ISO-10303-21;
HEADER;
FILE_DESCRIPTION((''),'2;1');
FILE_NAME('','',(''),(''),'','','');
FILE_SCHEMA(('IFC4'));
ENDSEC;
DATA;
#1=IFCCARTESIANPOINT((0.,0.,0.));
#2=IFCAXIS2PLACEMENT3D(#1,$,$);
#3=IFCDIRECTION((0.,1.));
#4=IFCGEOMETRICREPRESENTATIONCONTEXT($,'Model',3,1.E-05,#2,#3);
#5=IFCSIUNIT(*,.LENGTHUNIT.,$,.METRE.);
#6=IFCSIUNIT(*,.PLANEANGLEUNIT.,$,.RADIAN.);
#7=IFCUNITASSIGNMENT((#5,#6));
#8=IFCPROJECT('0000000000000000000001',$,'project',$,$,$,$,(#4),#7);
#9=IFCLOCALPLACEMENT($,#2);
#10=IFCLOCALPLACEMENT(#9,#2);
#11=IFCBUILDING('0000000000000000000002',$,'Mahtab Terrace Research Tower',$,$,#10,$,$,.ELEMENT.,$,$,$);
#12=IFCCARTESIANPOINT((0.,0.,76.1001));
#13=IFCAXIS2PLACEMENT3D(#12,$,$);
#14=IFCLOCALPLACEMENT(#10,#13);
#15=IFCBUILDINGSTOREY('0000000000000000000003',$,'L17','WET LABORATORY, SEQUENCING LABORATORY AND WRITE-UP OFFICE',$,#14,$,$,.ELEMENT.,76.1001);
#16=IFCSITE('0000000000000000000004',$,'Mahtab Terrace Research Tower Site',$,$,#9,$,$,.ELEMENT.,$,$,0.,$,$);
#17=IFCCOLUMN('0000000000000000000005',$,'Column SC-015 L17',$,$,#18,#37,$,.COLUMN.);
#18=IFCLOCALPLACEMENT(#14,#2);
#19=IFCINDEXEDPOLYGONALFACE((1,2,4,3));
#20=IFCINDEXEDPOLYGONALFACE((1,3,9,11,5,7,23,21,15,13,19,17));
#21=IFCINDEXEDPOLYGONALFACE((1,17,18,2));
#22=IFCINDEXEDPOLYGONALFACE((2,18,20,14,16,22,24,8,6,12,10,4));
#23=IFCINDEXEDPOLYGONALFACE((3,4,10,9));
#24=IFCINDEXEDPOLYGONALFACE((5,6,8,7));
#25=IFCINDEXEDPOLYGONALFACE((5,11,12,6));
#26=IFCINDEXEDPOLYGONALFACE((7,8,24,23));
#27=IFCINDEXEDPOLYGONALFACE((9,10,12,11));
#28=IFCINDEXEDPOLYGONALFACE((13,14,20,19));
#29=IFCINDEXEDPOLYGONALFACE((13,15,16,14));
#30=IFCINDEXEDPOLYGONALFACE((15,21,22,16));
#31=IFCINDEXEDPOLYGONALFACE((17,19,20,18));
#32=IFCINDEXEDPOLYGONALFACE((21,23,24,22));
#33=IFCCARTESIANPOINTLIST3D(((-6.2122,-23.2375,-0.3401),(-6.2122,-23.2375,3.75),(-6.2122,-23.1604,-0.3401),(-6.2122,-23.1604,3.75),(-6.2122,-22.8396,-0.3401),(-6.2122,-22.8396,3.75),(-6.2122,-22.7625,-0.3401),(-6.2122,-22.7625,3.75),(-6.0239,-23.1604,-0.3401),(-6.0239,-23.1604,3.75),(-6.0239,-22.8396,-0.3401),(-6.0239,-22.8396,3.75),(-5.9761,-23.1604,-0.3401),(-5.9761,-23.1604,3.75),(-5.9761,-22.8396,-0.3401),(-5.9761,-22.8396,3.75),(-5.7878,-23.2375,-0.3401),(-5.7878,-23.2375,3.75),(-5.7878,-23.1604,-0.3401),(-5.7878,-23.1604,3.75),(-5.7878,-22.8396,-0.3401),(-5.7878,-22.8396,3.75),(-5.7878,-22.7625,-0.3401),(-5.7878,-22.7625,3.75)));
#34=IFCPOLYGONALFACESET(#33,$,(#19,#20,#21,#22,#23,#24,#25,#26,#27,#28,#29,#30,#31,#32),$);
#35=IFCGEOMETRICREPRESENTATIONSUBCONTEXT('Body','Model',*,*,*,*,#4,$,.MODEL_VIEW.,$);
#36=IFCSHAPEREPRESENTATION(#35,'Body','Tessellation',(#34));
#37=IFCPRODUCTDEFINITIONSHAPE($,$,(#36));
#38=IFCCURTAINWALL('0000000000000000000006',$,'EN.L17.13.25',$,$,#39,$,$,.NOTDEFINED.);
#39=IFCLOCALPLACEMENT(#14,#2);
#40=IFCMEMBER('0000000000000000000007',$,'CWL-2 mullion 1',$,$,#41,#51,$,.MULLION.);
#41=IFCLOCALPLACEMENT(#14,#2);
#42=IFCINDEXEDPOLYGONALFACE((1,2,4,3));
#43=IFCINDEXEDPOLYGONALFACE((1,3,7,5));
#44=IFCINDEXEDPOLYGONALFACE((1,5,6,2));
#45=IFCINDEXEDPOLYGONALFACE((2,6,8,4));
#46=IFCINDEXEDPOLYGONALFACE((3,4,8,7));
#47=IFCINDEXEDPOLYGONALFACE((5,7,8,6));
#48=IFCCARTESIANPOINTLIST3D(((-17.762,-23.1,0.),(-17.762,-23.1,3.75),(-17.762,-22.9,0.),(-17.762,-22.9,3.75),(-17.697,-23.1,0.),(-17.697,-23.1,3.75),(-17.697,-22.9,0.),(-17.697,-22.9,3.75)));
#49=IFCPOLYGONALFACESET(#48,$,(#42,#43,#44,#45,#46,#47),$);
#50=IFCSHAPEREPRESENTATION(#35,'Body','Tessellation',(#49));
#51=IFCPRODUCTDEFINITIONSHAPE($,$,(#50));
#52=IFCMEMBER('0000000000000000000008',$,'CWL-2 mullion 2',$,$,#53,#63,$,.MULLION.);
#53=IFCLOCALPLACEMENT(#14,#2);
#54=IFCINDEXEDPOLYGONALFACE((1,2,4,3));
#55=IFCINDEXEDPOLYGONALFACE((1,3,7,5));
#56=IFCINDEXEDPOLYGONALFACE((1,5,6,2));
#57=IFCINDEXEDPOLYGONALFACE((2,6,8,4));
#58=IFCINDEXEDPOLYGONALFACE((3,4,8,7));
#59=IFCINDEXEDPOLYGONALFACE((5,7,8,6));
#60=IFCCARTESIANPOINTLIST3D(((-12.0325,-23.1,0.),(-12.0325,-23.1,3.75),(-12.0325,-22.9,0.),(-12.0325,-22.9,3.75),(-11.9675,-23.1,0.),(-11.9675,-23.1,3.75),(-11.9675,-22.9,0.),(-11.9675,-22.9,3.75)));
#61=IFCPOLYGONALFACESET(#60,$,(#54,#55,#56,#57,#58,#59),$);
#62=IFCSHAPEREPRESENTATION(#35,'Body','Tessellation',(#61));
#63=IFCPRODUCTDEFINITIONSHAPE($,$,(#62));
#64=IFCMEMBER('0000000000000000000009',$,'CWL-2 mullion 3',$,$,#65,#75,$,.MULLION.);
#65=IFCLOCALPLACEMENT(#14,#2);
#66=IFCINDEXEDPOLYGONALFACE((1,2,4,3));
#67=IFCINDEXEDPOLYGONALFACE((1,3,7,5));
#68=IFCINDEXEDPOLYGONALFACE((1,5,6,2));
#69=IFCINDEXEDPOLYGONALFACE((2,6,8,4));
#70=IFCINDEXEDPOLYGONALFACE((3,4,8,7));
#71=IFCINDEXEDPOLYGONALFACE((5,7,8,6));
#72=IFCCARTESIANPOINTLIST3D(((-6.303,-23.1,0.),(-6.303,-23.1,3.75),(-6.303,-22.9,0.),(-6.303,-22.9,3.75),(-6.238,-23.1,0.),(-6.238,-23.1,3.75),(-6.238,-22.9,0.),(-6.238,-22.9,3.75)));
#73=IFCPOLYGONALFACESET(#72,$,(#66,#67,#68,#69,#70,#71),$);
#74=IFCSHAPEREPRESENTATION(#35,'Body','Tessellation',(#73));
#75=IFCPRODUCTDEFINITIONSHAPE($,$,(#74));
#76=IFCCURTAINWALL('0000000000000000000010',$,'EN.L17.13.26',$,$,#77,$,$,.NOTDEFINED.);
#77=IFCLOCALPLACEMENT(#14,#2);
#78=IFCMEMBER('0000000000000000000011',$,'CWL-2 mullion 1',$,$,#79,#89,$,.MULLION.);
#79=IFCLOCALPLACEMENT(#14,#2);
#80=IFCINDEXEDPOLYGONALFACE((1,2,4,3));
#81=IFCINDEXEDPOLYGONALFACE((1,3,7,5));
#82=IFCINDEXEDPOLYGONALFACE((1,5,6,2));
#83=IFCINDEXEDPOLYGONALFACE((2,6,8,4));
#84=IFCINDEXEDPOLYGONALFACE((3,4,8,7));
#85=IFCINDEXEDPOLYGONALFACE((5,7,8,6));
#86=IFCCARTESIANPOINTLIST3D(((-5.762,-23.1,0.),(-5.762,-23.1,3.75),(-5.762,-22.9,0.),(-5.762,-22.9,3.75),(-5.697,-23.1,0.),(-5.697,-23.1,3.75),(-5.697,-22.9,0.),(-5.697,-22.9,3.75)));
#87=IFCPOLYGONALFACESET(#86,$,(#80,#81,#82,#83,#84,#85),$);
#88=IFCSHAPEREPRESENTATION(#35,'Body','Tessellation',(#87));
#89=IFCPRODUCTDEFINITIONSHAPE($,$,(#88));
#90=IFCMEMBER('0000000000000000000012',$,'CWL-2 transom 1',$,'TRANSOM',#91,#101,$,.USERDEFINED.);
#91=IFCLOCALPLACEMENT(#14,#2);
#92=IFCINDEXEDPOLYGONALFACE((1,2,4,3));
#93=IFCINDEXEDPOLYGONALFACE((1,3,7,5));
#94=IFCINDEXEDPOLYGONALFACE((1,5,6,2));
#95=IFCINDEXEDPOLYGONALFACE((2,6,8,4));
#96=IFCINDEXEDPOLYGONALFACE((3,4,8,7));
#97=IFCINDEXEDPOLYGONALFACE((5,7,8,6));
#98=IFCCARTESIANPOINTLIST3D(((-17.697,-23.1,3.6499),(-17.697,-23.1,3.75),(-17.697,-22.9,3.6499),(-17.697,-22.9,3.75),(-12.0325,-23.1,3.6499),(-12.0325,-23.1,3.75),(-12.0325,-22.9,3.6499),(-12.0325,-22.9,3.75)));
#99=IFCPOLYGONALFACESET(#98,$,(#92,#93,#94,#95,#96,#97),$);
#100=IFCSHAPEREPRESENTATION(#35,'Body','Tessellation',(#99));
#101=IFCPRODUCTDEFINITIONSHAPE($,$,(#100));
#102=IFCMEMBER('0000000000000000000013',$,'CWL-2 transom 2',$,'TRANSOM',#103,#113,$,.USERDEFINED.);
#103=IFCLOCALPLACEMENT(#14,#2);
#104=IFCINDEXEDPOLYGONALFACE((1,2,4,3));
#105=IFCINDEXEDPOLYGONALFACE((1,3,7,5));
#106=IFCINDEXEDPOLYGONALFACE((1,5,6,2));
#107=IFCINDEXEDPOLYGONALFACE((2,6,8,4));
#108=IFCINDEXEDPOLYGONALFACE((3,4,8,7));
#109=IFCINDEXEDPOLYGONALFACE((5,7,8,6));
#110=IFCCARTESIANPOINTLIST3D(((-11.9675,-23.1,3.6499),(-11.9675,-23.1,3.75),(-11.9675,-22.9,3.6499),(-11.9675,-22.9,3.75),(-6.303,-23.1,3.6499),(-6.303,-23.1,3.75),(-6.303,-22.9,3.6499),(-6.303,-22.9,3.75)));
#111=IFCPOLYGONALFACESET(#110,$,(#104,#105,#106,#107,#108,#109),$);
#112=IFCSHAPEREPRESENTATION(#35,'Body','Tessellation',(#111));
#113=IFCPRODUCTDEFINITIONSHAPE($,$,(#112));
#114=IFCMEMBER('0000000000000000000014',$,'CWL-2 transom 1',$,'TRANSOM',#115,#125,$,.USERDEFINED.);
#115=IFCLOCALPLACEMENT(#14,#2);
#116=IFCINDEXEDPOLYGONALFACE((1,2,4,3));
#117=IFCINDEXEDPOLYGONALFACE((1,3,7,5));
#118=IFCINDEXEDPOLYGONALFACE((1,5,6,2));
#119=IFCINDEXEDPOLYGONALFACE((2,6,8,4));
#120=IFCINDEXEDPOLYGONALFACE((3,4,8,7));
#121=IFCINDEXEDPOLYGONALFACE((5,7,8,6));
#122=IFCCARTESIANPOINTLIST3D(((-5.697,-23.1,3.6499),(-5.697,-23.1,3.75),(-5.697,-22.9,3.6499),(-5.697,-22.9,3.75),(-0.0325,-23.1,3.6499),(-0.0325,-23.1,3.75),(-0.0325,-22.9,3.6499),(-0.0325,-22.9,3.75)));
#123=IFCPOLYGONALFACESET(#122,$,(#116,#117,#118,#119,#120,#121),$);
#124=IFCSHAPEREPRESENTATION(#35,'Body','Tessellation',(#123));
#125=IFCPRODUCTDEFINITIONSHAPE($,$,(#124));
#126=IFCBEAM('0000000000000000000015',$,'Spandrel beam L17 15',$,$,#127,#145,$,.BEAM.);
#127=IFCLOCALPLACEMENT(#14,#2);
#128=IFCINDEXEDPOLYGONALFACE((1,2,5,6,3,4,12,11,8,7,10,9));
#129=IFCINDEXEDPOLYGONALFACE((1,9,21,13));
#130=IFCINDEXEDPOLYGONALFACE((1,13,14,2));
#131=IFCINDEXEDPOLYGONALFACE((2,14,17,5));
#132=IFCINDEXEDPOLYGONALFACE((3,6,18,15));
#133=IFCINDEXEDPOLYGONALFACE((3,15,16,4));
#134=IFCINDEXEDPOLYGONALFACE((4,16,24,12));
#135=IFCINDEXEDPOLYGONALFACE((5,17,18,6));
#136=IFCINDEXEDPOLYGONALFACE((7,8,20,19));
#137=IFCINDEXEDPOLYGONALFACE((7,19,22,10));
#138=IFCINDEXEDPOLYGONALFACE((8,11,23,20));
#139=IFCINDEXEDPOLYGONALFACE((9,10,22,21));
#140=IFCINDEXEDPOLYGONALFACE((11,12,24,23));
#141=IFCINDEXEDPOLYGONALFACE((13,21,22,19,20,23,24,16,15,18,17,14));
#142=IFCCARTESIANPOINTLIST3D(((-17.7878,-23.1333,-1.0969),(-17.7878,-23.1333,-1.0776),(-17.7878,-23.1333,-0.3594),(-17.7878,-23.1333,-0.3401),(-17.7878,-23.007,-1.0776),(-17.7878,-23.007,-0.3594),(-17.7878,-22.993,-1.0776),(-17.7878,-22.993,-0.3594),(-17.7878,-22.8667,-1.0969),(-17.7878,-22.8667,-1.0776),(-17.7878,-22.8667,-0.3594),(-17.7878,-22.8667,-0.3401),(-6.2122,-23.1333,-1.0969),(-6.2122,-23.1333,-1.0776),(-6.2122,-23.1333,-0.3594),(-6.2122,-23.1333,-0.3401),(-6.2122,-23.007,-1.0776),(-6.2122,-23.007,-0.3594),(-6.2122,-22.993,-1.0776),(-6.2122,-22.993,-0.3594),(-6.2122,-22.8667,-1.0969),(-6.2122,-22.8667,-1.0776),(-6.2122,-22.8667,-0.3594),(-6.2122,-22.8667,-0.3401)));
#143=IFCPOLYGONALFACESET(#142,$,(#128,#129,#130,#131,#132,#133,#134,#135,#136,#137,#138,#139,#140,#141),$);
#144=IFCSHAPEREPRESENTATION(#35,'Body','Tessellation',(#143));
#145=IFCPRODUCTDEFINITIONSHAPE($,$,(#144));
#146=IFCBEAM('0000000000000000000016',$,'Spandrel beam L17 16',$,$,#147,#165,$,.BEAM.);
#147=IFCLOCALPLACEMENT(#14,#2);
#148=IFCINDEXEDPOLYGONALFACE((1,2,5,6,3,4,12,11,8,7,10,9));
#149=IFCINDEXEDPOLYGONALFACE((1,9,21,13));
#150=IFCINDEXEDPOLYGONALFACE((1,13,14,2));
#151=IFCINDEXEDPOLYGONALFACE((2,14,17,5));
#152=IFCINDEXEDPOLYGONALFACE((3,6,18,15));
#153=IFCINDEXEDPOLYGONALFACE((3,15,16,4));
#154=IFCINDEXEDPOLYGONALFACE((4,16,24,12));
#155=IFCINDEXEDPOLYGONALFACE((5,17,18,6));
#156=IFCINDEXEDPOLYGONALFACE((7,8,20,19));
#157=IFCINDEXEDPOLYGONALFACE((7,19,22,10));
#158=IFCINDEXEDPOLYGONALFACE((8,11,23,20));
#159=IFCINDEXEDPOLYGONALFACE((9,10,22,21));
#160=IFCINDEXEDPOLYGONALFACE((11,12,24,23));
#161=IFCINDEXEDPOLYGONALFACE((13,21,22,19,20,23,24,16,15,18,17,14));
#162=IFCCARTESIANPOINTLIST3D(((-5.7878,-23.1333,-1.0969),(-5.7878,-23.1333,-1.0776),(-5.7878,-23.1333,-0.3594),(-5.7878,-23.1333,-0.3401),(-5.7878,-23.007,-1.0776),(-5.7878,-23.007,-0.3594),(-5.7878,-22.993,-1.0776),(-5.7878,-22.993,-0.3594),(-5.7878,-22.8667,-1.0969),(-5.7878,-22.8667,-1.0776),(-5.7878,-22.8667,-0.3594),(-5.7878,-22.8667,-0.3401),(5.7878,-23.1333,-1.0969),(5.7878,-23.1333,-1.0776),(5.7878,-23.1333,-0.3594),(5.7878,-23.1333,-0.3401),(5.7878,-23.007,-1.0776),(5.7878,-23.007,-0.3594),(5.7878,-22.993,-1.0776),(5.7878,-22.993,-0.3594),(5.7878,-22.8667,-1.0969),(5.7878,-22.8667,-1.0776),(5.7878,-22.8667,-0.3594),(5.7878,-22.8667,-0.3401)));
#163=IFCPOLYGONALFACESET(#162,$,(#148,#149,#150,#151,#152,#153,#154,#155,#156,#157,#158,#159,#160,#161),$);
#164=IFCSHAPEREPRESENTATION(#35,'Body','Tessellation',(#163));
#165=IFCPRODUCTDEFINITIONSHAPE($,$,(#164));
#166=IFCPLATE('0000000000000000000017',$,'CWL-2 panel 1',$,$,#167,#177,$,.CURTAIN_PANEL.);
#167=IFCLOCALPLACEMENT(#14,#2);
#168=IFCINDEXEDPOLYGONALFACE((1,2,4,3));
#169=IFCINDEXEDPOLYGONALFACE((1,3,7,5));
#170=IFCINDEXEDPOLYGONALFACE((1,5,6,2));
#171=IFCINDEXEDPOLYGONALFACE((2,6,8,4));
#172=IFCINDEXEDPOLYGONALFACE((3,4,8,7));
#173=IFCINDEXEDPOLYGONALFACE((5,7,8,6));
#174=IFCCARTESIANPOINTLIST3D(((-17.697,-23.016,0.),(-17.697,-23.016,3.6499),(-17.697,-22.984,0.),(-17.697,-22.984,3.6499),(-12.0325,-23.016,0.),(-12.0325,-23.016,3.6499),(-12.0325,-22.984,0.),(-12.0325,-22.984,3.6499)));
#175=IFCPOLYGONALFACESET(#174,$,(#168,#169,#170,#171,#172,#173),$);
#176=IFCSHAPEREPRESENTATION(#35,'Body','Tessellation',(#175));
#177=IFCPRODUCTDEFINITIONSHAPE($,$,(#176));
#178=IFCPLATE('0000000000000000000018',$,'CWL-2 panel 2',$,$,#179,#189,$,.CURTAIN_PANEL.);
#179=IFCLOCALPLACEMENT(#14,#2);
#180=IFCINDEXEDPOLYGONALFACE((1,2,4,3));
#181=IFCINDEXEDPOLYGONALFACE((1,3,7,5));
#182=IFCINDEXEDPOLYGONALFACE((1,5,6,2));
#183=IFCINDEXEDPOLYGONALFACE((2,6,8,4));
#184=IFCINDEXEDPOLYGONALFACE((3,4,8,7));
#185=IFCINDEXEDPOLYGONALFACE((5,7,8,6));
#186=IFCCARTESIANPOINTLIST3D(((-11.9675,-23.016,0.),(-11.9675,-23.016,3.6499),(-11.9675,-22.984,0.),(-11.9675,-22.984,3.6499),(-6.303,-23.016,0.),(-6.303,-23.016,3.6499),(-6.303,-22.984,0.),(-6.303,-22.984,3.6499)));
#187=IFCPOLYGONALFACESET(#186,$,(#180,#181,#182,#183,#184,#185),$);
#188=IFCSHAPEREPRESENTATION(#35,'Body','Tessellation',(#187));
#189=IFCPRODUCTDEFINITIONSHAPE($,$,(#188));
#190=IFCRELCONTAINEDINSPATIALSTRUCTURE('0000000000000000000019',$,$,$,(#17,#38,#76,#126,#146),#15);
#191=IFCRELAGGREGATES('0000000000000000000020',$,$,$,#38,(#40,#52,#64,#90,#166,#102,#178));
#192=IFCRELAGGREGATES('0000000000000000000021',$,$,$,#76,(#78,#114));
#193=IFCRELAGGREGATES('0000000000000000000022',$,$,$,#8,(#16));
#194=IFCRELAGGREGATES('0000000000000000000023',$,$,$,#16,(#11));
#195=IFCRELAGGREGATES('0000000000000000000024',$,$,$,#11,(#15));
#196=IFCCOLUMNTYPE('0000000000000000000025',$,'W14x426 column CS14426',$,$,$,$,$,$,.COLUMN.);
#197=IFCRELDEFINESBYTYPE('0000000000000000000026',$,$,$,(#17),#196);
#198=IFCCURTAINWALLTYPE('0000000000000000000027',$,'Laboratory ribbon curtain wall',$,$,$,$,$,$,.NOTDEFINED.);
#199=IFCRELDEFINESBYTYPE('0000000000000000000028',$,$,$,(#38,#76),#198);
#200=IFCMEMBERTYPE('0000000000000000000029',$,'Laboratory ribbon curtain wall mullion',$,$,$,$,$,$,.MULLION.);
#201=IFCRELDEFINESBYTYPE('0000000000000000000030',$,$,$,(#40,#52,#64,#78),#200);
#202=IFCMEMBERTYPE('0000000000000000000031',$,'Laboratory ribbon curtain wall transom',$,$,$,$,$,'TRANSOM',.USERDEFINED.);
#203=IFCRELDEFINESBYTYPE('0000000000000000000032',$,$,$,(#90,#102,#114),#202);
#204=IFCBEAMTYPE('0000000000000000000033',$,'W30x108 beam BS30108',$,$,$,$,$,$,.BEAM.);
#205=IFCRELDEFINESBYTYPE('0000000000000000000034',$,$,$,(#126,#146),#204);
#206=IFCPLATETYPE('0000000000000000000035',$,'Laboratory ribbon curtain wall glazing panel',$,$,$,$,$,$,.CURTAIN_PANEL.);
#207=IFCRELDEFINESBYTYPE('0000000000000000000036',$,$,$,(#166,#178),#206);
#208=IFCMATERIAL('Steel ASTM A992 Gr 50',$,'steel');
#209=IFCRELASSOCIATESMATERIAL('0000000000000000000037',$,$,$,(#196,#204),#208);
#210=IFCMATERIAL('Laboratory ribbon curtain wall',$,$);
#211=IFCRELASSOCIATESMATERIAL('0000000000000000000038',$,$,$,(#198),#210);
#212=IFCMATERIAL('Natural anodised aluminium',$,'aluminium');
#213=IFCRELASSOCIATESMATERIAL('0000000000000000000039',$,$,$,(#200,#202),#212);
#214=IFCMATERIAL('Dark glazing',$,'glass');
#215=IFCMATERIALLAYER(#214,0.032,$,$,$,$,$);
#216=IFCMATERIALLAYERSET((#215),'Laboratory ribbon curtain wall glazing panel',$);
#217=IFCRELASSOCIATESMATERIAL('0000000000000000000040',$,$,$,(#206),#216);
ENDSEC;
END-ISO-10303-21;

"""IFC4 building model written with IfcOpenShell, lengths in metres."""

from ifc_helpers import new_model, si_unit, direction, frame, origin, origin_2d, place, context, subcontext, project, spatial, rectangle, i_section, extrude, material, layer, layer_set, material_profile, profile_set, type_object, element, aggregate, save


model = new_model("IFC4")

# Units and contexts
model_context = context("Model", 3, precision=1e-05, world=origin(), true_north=direction((0.0, 1.0)))
body_context = subcontext(model_context, "Body", "Model", "MODEL_VIEW")
ifc_project = project(units=[si_unit("LENGTHUNIT", "METRE"), si_unit("PLANEANGLEUNIT", "RADIAN")], contexts=[model_context])

# Site, building, storey
site_placement = place(None, origin())
site = spatial("IfcSite", under=ifc_project, at=site_placement, Name="Mahtab Terrace Research Tower Site", CompositionType="ELEMENT", RefElevation=0.0)
building_placement = place(site_placement, origin())
building = spatial("IfcBuilding", under=site, at=building_placement, Name="Mahtab Terrace Research Tower", CompositionType="ELEMENT")
storey_placement = place(building_placement, frame((0.0, 0.0, 76.1001)))
storey = spatial("IfcBuildingStorey", under=building, at=storey_placement, Name="L17", Description="WET LABORATORY, SEQUENCING LABORATORY AND WRITE-UP OFFICE", CompositionType="ELEMENT", Elevation=76.1001)

# Column
ifc_material_1 = material(Name="Steel ASTM A992 Gr 50", Category="steel")
ifc_material_profile_1 = material_profile(ifc_material_1, i_section(OverallWidth=0.4243, OverallDepth=0.4751, WebThickness=0.0479, FlangeThickness=0.0771, at=origin_2d()), Name="W14X426")
ifc_profile_set_1 = profile_set([ifc_material_profile_1], Name="Steel ASTM A992 Gr 50")
column_type = type_object("IfcColumnType", Name="W14x426 column CS14426", PredefinedType="COLUMN", material=ifc_profile_set_1)
column_placement = place(storey_placement, frame((-6.0, -23.0, -0.3401), z_axis=(0.0, 0.0, 1.0), x_axis=(1.0, 0.0, 0.0)))
element("IfcColumn", 1, at=column_placement, inside=storey, type_object=column_type, Name="Column SC-015 L17", PredefinedType="COLUMN", context=body_context, shape_type="SweptSolid", body=[
    extrude(i_section(OverallWidth=0.4243, OverallDepth=0.4751, WebThickness=0.0479, FlangeThickness=0.0771, at=origin_2d()), origin(), (0.0, 0.0, 1.0), 4.0901),
])

# Curtain wall, members
ifc_material_2 = material(Name="Laboratory ribbon curtain wall")
curtain_wall_type = type_object("IfcCurtainWallType", Name="Laboratory ribbon curtain wall", PredefinedType="NOTDEFINED", material=ifc_material_2)
curtain_wall_1_placement = place(storey_placement, origin())
curtain_wall_1 = element("IfcCurtainWall", 2, at=curtain_wall_1_placement, inside=storey, type_object=curtain_wall_type, Name="EN.L17.13.25", PredefinedType="NOTDEFINED")
ifc_material_3 = material(Name="Natural anodised aluminium", Category="aluminium")
ifc_material_profile_2 = material_profile(ifc_material_3, rectangle(XDim=0.2, YDim=0.0649, at=origin_2d()), Name="MULLION 65x200")
ifc_profile_set_2 = profile_set([ifc_material_profile_2], Name="Natural anodised aluminium")
member_type_1 = type_object("IfcMemberType", Name="Laboratory ribbon curtain wall mullion", PredefinedType="MULLION", material=ifc_profile_set_2)
member_1_placement = place(storey_placement, frame((-17.7295, -23.0, 0.0), z_axis=(0.0, 0.0, 1.0), x_axis=(0.0, 1.0, 0.0)))
member_1 = element("IfcMember", 3, at=member_1_placement, type_object=member_type_1, Name="CWL-2 mullion 1", PredefinedType="MULLION", context=body_context, shape_type="SweptSolid", body=[
    extrude(rectangle(XDim=0.2, YDim=0.0649, at=origin_2d()), origin(), (0.0, 0.0, 1.0), 3.75),
])
member_2_placement = place(storey_placement, frame((-12.0, -23.0, 0.0), z_axis=(0.0, 0.0, 1.0), x_axis=(0.0, 1.0, 0.0)))
member_2 = element("IfcMember", 4, at=member_2_placement, type_object=member_type_1, Name="CWL-2 mullion 2", PredefinedType="MULLION", context=body_context, shape_type="SweptSolid", body=[
    extrude(rectangle(XDim=0.2, YDim=0.0649, at=origin_2d()), origin(), (0.0, 0.0, 1.0), 3.75),
])
member_3_placement = place(storey_placement, frame((-6.2705, -23.0, 0.0), z_axis=(0.0, 0.0, 1.0), x_axis=(0.0, 1.0, 0.0)))
member_3 = element("IfcMember", 5, at=member_3_placement, type_object=member_type_1, Name="CWL-2 mullion 3", PredefinedType="MULLION", context=body_context, shape_type="SweptSolid", body=[
    extrude(rectangle(XDim=0.2, YDim=0.0649, at=origin_2d()), origin(), (0.0, 0.0, 1.0), 3.75),
])

# Curtain wall, member
curtain_wall_2_placement = place(storey_placement, origin())
curtain_wall_2 = element("IfcCurtainWall", 6, at=curtain_wall_2_placement, inside=storey, type_object=curtain_wall_type, Name="EN.L17.13.26", PredefinedType="NOTDEFINED")
member_4_placement = place(storey_placement, frame((-5.7295, -23.0, 0.0), z_axis=(0.0, 0.0, 1.0), x_axis=(0.0, 1.0, 0.0)))
member_4 = element("IfcMember", 7, at=member_4_placement, type_object=member_type_1, Name="CWL-2 mullion 1", PredefinedType="MULLION", context=body_context, shape_type="SweptSolid", body=[
    extrude(rectangle(XDim=0.2, YDim=0.0649, at=origin_2d()), origin(), (0.0, 0.0, 1.0), 3.75),
])

# Members
ifc_material_profile_3 = material_profile(ifc_material_3, rectangle(XDim=0.2, YDim=0.1001, at=origin_2d()), Name="TRANSOM 100x200")
ifc_profile_set_3 = profile_set([ifc_material_profile_3], Name="Natural anodised aluminium")
member_type_2 = type_object("IfcMemberType", Name="Laboratory ribbon curtain wall transom", ElementType="TRANSOM", PredefinedType="USERDEFINED", material=ifc_profile_set_3)
member_5_placement = place(storey_placement, frame((-17.697, -23.0, 3.7), z_axis=(1.0, 0.0, 0.0), x_axis=(0.0, 1.0, 0.0)))
member_5 = element("IfcMember", 8, at=member_5_placement, type_object=member_type_2, Name="CWL-2 transom 1", ObjectType="TRANSOM", PredefinedType="USERDEFINED", context=body_context, shape_type="SweptSolid", body=[
    extrude(rectangle(XDim=0.2, YDim=0.1001, at=origin_2d()), origin(), (0.0, 0.0, 1.0), 5.6646),
])
member_6_placement = place(storey_placement, frame((-11.9675, -23.0, 3.7), z_axis=(1.0, 0.0, 0.0), x_axis=(0.0, 1.0, 0.0)))
member_6 = element("IfcMember", 9, at=member_6_placement, type_object=member_type_2, Name="CWL-2 transom 2", ObjectType="TRANSOM", PredefinedType="USERDEFINED", context=body_context, shape_type="SweptSolid", body=[
    extrude(rectangle(XDim=0.2, YDim=0.1001, at=origin_2d()), origin(), (0.0, 0.0, 1.0), 5.6646),
])
member_7_placement = place(storey_placement, frame((-5.697, -23.0, 3.7), z_axis=(1.0, 0.0, 0.0), x_axis=(0.0, 1.0, 0.0)))
member_7 = element("IfcMember", 10, at=member_7_placement, type_object=member_type_2, Name="CWL-2 transom 1", ObjectType="TRANSOM", PredefinedType="USERDEFINED", context=body_context, shape_type="SweptSolid", body=[
    extrude(rectangle(XDim=0.2, YDim=0.1001, at=origin_2d()), origin(), (0.0, 0.0, 1.0), 5.6646),
])

# Beams
ifc_material_profile_4 = material_profile(ifc_material_1, i_section(OverallWidth=0.2666, OverallDepth=0.7568, WebThickness=0.0139, FlangeThickness=0.0193, at=origin_2d()), Name="W30X108")
ifc_profile_set_4 = profile_set([ifc_material_profile_4], Name="Steel ASTM A992 Gr 50")
beam_type = type_object("IfcBeamType", Name="W30x108 beam BS30108", PredefinedType="BEAM", material=ifc_profile_set_4)
for number, where, z_axis, x_axis, name in (
    (11, (-17.7878, -23.0, -0.7185), (1.0, 0.0, 0.0), (0.0, 1.0, 0.0), "Spandrel beam L17 15"),
    (12, (-5.7878, -23.0, -0.7185), (1.0, 0.0, 0.0), (0.0, 1.0, 0.0), "Spandrel beam L17 16"),
):
    element("IfcBeam", number, at=place(storey_placement, frame(where, z_axis=z_axis, x_axis=x_axis)), inside=storey, type_object=beam_type, Name=name, PredefinedType="BEAM", context=body_context, shape_type="SweptSolid", body=[
        extrude(i_section(OverallWidth=0.2666, OverallDepth=0.7568, WebThickness=0.0139, FlangeThickness=0.0193, at=origin_2d()), origin(), (0.0, 0.0, 1.0), 11.5757),
    ])

# Plates
ifc_material_4 = material(Name="Dark glazing", Category="glass")
ifc_layer = layer(ifc_material_4, 0.032)
ifc_layer_set = layer_set([ifc_layer], Name="Laboratory ribbon curtain wall glazing panel")
plate_type = type_object("IfcPlateType", Name="Laboratory ribbon curtain wall glazing panel", PredefinedType="CURTAIN_PANEL", material=ifc_layer_set)
plate_1_placement = place(storey_placement, frame((-14.8647, -23.0, 0.0), z_axis=(0.0, 0.0, 1.0), x_axis=(1.0, 0.0, 0.0)))
plate_1 = element("IfcPlate", 13, at=plate_1_placement, type_object=plate_type, Name="CWL-2 panel 1", PredefinedType="CURTAIN_PANEL", context=body_context, shape_type="SweptSolid", body=[
    extrude(rectangle(XDim=5.6646, YDim=0.032, at=origin_2d()), origin(), (0.0, 0.0, 1.0), 3.6499),
])
plate_2_placement = place(storey_placement, frame((-9.1353, -23.0, 0.0), z_axis=(0.0, 0.0, 1.0), x_axis=(1.0, 0.0, 0.0)))
plate_2 = element("IfcPlate", 14, at=plate_2_placement, type_object=plate_type, Name="CWL-2 panel 2", PredefinedType="CURTAIN_PANEL", context=body_context, shape_type="SweptSolid", body=[
    extrude(rectangle(XDim=5.6646, YDim=0.032, at=origin_2d()), origin(), (0.0, 0.0, 1.0), 3.6499),
])
aggregate(curtain_wall_1, [member_1, member_2, member_3, member_5, plate_1, member_6, plate_2])
aggregate(curtain_wall_2, [member_4, member_7])

save(model, "model.ifc")
